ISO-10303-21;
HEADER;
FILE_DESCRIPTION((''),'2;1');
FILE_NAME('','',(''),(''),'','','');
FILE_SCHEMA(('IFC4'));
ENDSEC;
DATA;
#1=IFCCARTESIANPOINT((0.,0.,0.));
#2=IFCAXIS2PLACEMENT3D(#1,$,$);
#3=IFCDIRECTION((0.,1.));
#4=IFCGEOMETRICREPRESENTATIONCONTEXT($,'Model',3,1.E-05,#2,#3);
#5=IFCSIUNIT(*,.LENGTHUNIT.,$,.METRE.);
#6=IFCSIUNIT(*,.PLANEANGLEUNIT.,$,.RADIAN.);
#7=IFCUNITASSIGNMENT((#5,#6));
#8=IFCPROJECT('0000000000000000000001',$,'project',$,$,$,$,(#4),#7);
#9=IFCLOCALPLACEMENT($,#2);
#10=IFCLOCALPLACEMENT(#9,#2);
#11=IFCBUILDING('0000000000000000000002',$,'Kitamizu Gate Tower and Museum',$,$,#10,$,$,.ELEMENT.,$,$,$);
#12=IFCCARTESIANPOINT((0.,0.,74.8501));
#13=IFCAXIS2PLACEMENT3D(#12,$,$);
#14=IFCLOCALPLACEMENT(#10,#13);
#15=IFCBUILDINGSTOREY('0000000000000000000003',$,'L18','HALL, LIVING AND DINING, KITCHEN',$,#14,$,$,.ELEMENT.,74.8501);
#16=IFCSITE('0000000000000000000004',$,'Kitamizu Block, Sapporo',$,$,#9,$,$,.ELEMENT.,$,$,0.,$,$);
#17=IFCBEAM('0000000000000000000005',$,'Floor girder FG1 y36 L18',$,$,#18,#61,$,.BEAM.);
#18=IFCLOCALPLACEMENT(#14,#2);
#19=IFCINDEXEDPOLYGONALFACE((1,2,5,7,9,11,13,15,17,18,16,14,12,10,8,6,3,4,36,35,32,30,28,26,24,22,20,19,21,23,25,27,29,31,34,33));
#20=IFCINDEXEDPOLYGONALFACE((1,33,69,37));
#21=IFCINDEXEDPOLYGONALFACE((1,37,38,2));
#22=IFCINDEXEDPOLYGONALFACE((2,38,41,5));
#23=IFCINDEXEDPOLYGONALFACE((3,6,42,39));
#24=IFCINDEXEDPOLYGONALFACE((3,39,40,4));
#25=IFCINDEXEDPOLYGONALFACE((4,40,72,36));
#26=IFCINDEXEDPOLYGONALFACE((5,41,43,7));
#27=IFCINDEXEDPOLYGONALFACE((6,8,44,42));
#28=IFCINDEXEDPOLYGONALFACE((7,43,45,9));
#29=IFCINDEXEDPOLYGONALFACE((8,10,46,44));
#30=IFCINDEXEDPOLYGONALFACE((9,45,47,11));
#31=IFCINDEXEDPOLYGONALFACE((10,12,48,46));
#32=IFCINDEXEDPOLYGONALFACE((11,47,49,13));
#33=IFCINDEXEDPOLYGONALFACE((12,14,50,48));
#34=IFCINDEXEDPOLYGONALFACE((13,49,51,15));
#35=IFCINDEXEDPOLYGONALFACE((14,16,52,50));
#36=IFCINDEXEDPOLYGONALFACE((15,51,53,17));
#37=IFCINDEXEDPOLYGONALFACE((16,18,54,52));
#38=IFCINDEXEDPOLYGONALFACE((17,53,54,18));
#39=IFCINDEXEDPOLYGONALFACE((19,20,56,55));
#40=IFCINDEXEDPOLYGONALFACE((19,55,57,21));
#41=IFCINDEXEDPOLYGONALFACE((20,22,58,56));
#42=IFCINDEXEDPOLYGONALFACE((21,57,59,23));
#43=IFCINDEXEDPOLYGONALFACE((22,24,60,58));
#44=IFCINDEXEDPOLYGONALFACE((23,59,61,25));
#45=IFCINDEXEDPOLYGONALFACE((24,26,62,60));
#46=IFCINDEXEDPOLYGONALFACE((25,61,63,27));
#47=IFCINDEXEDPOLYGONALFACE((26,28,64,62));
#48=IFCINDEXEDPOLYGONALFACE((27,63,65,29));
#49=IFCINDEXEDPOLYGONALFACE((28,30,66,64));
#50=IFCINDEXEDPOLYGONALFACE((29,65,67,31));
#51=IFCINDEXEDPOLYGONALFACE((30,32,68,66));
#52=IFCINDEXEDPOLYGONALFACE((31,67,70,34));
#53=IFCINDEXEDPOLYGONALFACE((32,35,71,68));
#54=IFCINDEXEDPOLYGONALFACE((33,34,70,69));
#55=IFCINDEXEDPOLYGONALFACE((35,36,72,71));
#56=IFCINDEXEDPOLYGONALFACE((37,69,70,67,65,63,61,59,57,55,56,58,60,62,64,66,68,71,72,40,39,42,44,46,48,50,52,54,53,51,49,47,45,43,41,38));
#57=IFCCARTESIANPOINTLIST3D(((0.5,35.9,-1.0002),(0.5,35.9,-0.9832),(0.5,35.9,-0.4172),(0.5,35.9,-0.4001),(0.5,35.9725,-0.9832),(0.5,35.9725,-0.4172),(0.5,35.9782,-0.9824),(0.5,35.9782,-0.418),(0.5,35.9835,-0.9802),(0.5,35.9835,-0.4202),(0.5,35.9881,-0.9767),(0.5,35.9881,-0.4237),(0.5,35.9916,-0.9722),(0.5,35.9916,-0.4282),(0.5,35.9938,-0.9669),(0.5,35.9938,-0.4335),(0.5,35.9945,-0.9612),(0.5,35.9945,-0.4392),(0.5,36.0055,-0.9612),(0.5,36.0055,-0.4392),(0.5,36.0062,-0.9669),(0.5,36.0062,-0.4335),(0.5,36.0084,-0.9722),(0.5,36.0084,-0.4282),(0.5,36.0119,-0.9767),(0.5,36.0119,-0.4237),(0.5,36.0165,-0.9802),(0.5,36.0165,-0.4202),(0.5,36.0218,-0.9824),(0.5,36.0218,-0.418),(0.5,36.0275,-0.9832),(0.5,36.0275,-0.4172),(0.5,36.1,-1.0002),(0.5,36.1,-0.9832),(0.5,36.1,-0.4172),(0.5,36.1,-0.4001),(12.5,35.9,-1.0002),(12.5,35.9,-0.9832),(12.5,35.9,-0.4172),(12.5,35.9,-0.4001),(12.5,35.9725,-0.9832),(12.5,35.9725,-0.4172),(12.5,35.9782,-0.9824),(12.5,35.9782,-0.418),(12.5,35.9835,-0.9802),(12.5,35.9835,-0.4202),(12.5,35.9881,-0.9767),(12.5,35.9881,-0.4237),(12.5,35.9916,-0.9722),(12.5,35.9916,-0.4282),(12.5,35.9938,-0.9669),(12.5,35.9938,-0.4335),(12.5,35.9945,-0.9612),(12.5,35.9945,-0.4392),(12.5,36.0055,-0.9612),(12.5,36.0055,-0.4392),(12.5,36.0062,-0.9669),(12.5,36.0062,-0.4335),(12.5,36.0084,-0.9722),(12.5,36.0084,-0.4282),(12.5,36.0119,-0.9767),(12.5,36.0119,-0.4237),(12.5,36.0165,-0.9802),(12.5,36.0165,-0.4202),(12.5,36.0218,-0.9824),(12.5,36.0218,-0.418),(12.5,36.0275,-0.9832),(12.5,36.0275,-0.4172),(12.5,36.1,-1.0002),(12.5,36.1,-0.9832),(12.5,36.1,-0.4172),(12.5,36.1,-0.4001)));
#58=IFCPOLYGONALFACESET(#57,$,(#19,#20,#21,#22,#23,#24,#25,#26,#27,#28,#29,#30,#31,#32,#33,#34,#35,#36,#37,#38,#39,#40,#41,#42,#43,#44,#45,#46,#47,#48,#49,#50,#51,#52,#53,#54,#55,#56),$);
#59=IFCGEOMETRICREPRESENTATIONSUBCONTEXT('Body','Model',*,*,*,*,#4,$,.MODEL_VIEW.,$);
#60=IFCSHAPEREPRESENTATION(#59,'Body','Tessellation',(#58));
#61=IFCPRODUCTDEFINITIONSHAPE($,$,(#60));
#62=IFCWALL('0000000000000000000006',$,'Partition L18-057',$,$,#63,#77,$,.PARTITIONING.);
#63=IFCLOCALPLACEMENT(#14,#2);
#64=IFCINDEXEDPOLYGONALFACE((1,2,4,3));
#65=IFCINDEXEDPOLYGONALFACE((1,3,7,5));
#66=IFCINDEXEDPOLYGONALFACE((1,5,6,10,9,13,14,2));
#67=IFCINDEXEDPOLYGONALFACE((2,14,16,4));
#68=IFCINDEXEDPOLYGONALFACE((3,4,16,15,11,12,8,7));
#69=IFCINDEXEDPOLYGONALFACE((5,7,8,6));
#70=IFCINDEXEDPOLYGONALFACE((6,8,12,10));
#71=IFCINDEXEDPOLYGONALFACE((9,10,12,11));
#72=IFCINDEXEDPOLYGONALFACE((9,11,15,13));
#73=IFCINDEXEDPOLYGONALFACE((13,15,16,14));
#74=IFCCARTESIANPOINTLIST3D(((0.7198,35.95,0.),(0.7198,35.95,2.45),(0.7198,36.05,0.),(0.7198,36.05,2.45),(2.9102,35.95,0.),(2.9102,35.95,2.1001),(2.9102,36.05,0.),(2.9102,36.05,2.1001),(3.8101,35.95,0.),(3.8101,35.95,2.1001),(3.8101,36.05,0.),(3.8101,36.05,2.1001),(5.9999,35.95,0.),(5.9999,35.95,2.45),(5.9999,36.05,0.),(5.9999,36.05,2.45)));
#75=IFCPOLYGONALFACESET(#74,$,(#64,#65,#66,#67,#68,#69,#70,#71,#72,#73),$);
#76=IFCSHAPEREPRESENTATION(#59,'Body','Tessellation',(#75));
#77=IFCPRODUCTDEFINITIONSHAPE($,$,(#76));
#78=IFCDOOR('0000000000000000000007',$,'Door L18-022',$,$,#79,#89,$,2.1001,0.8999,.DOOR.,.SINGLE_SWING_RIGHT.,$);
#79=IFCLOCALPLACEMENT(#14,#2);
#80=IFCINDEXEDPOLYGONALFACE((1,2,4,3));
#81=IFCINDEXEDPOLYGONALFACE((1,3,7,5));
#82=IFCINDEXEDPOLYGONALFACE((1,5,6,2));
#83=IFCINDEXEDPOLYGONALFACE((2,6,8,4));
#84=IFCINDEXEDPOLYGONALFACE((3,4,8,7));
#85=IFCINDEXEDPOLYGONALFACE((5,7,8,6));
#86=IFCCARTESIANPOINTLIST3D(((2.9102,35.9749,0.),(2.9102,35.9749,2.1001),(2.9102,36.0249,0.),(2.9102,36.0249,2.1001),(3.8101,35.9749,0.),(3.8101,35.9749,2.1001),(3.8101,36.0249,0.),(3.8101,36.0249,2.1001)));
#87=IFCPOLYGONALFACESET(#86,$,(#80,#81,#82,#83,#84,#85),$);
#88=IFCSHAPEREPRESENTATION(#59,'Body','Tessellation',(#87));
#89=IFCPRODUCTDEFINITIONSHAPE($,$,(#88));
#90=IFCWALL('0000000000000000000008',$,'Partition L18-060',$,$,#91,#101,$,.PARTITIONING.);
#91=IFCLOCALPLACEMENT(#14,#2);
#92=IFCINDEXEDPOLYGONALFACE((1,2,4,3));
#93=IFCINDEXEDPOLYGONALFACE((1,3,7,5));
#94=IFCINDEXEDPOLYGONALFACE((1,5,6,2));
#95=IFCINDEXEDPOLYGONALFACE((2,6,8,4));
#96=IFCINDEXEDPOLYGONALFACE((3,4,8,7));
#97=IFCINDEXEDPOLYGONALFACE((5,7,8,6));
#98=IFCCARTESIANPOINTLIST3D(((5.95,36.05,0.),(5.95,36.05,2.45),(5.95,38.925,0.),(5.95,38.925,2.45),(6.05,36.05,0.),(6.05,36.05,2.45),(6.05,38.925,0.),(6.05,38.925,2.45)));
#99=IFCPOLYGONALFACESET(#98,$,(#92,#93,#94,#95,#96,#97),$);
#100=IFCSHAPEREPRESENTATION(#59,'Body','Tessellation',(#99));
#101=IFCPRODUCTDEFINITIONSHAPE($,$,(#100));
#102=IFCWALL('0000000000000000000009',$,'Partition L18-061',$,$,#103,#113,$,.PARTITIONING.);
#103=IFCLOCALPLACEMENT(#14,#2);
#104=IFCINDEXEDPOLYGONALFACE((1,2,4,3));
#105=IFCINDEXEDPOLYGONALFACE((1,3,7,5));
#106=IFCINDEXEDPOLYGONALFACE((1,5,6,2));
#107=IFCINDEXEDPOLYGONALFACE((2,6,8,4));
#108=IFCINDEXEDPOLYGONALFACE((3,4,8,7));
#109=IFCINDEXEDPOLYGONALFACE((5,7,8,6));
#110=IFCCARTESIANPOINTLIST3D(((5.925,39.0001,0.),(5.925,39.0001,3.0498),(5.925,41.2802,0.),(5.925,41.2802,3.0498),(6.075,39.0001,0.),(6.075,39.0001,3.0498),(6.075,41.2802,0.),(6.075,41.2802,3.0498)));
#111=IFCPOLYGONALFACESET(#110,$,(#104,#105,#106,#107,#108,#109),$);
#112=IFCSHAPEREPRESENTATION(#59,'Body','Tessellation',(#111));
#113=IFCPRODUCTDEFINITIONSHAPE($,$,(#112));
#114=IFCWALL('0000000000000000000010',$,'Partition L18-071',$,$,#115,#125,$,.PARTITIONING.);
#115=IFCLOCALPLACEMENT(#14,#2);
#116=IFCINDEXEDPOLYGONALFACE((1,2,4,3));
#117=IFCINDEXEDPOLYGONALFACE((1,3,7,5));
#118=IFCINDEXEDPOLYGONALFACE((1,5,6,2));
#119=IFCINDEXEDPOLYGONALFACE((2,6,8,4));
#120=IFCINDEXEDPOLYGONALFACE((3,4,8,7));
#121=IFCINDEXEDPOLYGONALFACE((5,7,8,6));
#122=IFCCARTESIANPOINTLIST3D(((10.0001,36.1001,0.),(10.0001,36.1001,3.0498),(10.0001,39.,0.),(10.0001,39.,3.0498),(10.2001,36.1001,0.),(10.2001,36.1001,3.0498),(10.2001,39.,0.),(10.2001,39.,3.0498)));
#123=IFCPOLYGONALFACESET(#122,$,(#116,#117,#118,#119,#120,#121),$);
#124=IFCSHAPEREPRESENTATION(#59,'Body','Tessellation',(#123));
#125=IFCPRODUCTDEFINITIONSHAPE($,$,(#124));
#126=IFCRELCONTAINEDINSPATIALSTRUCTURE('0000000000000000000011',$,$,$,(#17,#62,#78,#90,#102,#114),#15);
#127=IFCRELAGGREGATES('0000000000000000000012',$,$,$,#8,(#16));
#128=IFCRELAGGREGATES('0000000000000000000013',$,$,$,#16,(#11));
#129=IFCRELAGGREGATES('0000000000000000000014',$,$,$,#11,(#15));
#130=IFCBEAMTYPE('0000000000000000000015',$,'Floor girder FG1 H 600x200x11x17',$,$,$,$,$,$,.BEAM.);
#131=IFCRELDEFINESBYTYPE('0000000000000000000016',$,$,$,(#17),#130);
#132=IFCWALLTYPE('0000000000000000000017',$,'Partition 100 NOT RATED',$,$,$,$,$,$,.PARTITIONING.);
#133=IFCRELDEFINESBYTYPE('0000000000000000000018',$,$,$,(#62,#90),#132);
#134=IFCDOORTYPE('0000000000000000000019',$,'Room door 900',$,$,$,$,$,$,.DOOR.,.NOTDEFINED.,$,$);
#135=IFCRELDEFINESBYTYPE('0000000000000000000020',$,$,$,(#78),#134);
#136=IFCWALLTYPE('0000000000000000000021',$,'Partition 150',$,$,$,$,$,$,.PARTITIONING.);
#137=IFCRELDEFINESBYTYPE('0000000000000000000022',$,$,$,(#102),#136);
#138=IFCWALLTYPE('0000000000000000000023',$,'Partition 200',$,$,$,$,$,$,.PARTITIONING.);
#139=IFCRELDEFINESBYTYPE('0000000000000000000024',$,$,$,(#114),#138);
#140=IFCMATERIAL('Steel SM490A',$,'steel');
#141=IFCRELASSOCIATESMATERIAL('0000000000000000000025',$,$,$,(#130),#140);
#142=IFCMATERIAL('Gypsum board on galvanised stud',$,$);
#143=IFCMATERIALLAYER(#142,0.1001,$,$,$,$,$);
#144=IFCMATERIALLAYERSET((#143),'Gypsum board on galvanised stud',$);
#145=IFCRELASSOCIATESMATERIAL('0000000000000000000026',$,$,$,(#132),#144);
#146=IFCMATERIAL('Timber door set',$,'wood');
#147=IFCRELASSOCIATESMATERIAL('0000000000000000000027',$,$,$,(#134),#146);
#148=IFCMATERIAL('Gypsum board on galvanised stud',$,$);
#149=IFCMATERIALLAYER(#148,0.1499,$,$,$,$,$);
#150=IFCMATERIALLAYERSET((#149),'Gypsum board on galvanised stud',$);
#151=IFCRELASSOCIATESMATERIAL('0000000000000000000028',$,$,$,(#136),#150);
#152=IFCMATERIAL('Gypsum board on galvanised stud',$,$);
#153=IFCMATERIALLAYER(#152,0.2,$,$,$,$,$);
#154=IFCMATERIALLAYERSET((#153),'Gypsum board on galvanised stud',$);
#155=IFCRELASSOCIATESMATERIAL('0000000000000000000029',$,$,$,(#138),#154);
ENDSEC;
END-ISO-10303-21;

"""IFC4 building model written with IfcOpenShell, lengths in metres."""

from ifc_helpers import new_model, si_unit, direction, frame, frame_2d, origin, origin_2d, place, context, subcontext, project, spatial, rectangle, i_section, extrude, material, layer, layer_set, material_profile, profile_set, type_object, element, fill, save


model = new_model("IFC4")

# Units and contexts
model_context = context("Model", 3, precision=1e-05, world=origin(), true_north=direction((0.0, 1.0)))
body_context = subcontext(model_context, "Body", "Model", "MODEL_VIEW")
ifc_project = project(units=[si_unit("LENGTHUNIT", "METRE"), si_unit("PLANEANGLEUNIT", "RADIAN")], contexts=[model_context])

# Site, building, storey
site_placement = place(None, origin())
site = spatial("IfcSite", under=ifc_project, at=site_placement, Name="Kitamizu Block, Sapporo", CompositionType="ELEMENT", RefElevation=0.0)
building_placement = place(site_placement, origin())
building = spatial("IfcBuilding", under=site, at=building_placement, Name="Kitamizu Gate Tower and Museum", CompositionType="ELEMENT")
storey_placement = place(building_placement, frame((0.0, 0.0, 74.8501)))
storey = spatial("IfcBuildingStorey", under=building, at=storey_placement, Name="L18", Description="HALL, LIVING AND DINING, KITCHEN", CompositionType="ELEMENT", Elevation=74.8501)

# Beam
ifc_material_1 = material(Name="Steel SM490A", Category="steel")
ifc_material_profile = material_profile(ifc_material_1, i_section(OverallWidth=0.2, OverallDepth=0.6001, WebThickness=0.011, FlangeThickness=0.0171, FilletRadius=0.022, at=origin_2d()), Name="H-600x200x11x17")
ifc_profile_set = profile_set([ifc_material_profile], Name="Steel SM490A")
beam_type = type_object("IfcBeamType", Name="Floor girder FG1 H 600x200x11x17", PredefinedType="BEAM", material=ifc_profile_set)
beam_placement = place(storey_placement, frame((0.5, 36.0, -0.7002), z_axis=(1.0, 0.0, 0.0), x_axis=(0.0, 1.0, 0.0)))
element("IfcBeam", 1, at=beam_placement, inside=storey, type_object=beam_type, Name="Floor girder FG1 y36 L18", PredefinedType="BEAM", context=body_context, shape_type="SweptSolid", body=[
    extrude(i_section(OverallWidth=0.2, OverallDepth=0.6001, WebThickness=0.011, FlangeThickness=0.0171, FilletRadius=0.022, at=origin_2d()), origin(), (0.0, 0.0, 1.0), 12.0),
])

# Wall, opening, door
ifc_material_2 = material(Name="Gypsum board on galvanised stud")
ifc_layer_1 = layer(ifc_material_2, 0.1001)
ifc_layer_set_1 = layer_set([ifc_layer_1], Name="Gypsum board on galvanised stud")
wall_type_1 = type_object("IfcWallType", Name="Partition 100 NOT RATED", PredefinedType="PARTITIONING", material=ifc_layer_set_1)
wall_1_placement = place(storey_placement, frame((6.0, 36.0, 0.0), z_axis=(0.0, 0.0, 1.0), x_axis=(-1.0, 0.0, 0.0)))
wall_1 = element("IfcWall", 2, at=wall_1_placement, inside=storey, type_object=wall_type_1, Name="Partition L18-057", PredefinedType="PARTITIONING", context=body_context, shape_type="SweptSolid", body=[
    extrude(rectangle(XDim=5.28, YDim=0.1001, at=frame_2d((2.6401, 0.0))), origin(), (0.0, 0.0, 1.0), 2.45),
])
opening_placement = place(wall_1_placement, frame((2.1899, 0.0, 0.0)))
opening = element("IfcOpeningElement", 3, at=opening_placement, cuts=wall_1, PredefinedType="OPENING", context=body_context, shape_type="SweptSolid", body=[
    extrude(rectangle(XDim=0.8999, YDim=2.1001, at=frame_2d((0.45, 1.05))), frame((0.0, 0.0601, 0.0), z_axis=(0.0, -1.0, 0.0), x_axis=(1.0, 0.0, 0.0)), (0.0, 0.0, 1.0), 0.1201),
])
ifc_material_3 = material(Name="Timber door set", Category="wood")
door_type = type_object("IfcDoorType", Name="Room door 900", OperationType="NOTDEFINED", PredefinedType="DOOR", material=ifc_material_3)
door_placement = place(opening_placement, frame((0.8999, 0.0, 0.0), x_axis=(-1.0, 0.0, 0.0)))
door = element("IfcDoor", 4, at=door_placement, inside=storey, type_object=door_type, Name="Door L18-022", OperationType="SINGLE_SWING_RIGHT", OverallHeight=2.1001, OverallWidth=0.8999, PredefinedType="DOOR", context=body_context, shape_type="SweptSolid", body=[
    extrude(rectangle(XDim=0.8999, YDim=2.1001, at=frame_2d((0.45, 1.05))), frame((0.0, 0.0249, 0.0), z_axis=(0.0, -1.0, 0.0), x_axis=(1.0, 0.0, 0.0)), (0.0, 0.0, 1.0), 0.05),
])
fill(opening, door)

# Walls
wall_2_placement = place(storey_placement, frame((6.0, 36.05, 0.0), z_axis=(0.0, 0.0, 1.0), x_axis=(0.0, 1.0, 0.0)))
element("IfcWall", 5, at=wall_2_placement, inside=storey, type_object=wall_type_1, Name="Partition L18-060", PredefinedType="PARTITIONING", context=body_context, shape_type="SweptSolid", body=[
    extrude(rectangle(XDim=2.875, YDim=0.1001, at=frame_2d((1.4375, 0.0))), origin(), (0.0, 0.0, 1.0), 2.45),
])
ifc_material_4 = material(Name="Gypsum board on galvanised stud")
ifc_layer_2 = layer(ifc_material_4, 0.1499)
ifc_layer_set_2 = layer_set([ifc_layer_2], Name="Gypsum board on galvanised stud")
wall_type_2 = type_object("IfcWallType", Name="Partition 150", PredefinedType="PARTITIONING", material=ifc_layer_set_2)
wall_3_placement = place(storey_placement, frame((6.0, 39.0, 0.0), z_axis=(0.0, 0.0, 1.0), x_axis=(0.0, 1.0, 0.0)))
element("IfcWall", 6, at=wall_3_placement, inside=storey, type_object=wall_type_2, Name="Partition L18-061", PredefinedType="PARTITIONING", context=body_context, shape_type="SweptSolid", body=[
    extrude(rectangle(XDim=2.28, YDim=0.1499, at=frame_2d((1.1401, 0.0))), origin(), (0.0, 0.0, 1.0), 3.0498),
])
ifc_material_5 = material(Name="Gypsum board on galvanised stud")
ifc_layer_3 = layer(ifc_material_5, 0.2)
ifc_layer_set_3 = layer_set([ifc_layer_3], Name="Gypsum board on galvanised stud")
wall_type_3 = type_object("IfcWallType", Name="Partition 200", PredefinedType="PARTITIONING", material=ifc_layer_set_3)
wall_4_placement = place(storey_placement, frame((10.1001, 36.1001, 0.0), z_axis=(0.0, 0.0, 1.0), x_axis=(0.0, 1.0, 0.0)))
element("IfcWall", 7, at=wall_4_placement, inside=storey, type_object=wall_type_3, Name="Partition L18-071", PredefinedType="PARTITIONING", context=body_context, shape_type="SweptSolid", body=[
    extrude(rectangle(XDim=2.8999, YDim=0.2, at=frame_2d((1.45, 0.0))), origin(), (0.0, 0.0, 1.0), 3.0498),
])

save(model, "model.ifc")
